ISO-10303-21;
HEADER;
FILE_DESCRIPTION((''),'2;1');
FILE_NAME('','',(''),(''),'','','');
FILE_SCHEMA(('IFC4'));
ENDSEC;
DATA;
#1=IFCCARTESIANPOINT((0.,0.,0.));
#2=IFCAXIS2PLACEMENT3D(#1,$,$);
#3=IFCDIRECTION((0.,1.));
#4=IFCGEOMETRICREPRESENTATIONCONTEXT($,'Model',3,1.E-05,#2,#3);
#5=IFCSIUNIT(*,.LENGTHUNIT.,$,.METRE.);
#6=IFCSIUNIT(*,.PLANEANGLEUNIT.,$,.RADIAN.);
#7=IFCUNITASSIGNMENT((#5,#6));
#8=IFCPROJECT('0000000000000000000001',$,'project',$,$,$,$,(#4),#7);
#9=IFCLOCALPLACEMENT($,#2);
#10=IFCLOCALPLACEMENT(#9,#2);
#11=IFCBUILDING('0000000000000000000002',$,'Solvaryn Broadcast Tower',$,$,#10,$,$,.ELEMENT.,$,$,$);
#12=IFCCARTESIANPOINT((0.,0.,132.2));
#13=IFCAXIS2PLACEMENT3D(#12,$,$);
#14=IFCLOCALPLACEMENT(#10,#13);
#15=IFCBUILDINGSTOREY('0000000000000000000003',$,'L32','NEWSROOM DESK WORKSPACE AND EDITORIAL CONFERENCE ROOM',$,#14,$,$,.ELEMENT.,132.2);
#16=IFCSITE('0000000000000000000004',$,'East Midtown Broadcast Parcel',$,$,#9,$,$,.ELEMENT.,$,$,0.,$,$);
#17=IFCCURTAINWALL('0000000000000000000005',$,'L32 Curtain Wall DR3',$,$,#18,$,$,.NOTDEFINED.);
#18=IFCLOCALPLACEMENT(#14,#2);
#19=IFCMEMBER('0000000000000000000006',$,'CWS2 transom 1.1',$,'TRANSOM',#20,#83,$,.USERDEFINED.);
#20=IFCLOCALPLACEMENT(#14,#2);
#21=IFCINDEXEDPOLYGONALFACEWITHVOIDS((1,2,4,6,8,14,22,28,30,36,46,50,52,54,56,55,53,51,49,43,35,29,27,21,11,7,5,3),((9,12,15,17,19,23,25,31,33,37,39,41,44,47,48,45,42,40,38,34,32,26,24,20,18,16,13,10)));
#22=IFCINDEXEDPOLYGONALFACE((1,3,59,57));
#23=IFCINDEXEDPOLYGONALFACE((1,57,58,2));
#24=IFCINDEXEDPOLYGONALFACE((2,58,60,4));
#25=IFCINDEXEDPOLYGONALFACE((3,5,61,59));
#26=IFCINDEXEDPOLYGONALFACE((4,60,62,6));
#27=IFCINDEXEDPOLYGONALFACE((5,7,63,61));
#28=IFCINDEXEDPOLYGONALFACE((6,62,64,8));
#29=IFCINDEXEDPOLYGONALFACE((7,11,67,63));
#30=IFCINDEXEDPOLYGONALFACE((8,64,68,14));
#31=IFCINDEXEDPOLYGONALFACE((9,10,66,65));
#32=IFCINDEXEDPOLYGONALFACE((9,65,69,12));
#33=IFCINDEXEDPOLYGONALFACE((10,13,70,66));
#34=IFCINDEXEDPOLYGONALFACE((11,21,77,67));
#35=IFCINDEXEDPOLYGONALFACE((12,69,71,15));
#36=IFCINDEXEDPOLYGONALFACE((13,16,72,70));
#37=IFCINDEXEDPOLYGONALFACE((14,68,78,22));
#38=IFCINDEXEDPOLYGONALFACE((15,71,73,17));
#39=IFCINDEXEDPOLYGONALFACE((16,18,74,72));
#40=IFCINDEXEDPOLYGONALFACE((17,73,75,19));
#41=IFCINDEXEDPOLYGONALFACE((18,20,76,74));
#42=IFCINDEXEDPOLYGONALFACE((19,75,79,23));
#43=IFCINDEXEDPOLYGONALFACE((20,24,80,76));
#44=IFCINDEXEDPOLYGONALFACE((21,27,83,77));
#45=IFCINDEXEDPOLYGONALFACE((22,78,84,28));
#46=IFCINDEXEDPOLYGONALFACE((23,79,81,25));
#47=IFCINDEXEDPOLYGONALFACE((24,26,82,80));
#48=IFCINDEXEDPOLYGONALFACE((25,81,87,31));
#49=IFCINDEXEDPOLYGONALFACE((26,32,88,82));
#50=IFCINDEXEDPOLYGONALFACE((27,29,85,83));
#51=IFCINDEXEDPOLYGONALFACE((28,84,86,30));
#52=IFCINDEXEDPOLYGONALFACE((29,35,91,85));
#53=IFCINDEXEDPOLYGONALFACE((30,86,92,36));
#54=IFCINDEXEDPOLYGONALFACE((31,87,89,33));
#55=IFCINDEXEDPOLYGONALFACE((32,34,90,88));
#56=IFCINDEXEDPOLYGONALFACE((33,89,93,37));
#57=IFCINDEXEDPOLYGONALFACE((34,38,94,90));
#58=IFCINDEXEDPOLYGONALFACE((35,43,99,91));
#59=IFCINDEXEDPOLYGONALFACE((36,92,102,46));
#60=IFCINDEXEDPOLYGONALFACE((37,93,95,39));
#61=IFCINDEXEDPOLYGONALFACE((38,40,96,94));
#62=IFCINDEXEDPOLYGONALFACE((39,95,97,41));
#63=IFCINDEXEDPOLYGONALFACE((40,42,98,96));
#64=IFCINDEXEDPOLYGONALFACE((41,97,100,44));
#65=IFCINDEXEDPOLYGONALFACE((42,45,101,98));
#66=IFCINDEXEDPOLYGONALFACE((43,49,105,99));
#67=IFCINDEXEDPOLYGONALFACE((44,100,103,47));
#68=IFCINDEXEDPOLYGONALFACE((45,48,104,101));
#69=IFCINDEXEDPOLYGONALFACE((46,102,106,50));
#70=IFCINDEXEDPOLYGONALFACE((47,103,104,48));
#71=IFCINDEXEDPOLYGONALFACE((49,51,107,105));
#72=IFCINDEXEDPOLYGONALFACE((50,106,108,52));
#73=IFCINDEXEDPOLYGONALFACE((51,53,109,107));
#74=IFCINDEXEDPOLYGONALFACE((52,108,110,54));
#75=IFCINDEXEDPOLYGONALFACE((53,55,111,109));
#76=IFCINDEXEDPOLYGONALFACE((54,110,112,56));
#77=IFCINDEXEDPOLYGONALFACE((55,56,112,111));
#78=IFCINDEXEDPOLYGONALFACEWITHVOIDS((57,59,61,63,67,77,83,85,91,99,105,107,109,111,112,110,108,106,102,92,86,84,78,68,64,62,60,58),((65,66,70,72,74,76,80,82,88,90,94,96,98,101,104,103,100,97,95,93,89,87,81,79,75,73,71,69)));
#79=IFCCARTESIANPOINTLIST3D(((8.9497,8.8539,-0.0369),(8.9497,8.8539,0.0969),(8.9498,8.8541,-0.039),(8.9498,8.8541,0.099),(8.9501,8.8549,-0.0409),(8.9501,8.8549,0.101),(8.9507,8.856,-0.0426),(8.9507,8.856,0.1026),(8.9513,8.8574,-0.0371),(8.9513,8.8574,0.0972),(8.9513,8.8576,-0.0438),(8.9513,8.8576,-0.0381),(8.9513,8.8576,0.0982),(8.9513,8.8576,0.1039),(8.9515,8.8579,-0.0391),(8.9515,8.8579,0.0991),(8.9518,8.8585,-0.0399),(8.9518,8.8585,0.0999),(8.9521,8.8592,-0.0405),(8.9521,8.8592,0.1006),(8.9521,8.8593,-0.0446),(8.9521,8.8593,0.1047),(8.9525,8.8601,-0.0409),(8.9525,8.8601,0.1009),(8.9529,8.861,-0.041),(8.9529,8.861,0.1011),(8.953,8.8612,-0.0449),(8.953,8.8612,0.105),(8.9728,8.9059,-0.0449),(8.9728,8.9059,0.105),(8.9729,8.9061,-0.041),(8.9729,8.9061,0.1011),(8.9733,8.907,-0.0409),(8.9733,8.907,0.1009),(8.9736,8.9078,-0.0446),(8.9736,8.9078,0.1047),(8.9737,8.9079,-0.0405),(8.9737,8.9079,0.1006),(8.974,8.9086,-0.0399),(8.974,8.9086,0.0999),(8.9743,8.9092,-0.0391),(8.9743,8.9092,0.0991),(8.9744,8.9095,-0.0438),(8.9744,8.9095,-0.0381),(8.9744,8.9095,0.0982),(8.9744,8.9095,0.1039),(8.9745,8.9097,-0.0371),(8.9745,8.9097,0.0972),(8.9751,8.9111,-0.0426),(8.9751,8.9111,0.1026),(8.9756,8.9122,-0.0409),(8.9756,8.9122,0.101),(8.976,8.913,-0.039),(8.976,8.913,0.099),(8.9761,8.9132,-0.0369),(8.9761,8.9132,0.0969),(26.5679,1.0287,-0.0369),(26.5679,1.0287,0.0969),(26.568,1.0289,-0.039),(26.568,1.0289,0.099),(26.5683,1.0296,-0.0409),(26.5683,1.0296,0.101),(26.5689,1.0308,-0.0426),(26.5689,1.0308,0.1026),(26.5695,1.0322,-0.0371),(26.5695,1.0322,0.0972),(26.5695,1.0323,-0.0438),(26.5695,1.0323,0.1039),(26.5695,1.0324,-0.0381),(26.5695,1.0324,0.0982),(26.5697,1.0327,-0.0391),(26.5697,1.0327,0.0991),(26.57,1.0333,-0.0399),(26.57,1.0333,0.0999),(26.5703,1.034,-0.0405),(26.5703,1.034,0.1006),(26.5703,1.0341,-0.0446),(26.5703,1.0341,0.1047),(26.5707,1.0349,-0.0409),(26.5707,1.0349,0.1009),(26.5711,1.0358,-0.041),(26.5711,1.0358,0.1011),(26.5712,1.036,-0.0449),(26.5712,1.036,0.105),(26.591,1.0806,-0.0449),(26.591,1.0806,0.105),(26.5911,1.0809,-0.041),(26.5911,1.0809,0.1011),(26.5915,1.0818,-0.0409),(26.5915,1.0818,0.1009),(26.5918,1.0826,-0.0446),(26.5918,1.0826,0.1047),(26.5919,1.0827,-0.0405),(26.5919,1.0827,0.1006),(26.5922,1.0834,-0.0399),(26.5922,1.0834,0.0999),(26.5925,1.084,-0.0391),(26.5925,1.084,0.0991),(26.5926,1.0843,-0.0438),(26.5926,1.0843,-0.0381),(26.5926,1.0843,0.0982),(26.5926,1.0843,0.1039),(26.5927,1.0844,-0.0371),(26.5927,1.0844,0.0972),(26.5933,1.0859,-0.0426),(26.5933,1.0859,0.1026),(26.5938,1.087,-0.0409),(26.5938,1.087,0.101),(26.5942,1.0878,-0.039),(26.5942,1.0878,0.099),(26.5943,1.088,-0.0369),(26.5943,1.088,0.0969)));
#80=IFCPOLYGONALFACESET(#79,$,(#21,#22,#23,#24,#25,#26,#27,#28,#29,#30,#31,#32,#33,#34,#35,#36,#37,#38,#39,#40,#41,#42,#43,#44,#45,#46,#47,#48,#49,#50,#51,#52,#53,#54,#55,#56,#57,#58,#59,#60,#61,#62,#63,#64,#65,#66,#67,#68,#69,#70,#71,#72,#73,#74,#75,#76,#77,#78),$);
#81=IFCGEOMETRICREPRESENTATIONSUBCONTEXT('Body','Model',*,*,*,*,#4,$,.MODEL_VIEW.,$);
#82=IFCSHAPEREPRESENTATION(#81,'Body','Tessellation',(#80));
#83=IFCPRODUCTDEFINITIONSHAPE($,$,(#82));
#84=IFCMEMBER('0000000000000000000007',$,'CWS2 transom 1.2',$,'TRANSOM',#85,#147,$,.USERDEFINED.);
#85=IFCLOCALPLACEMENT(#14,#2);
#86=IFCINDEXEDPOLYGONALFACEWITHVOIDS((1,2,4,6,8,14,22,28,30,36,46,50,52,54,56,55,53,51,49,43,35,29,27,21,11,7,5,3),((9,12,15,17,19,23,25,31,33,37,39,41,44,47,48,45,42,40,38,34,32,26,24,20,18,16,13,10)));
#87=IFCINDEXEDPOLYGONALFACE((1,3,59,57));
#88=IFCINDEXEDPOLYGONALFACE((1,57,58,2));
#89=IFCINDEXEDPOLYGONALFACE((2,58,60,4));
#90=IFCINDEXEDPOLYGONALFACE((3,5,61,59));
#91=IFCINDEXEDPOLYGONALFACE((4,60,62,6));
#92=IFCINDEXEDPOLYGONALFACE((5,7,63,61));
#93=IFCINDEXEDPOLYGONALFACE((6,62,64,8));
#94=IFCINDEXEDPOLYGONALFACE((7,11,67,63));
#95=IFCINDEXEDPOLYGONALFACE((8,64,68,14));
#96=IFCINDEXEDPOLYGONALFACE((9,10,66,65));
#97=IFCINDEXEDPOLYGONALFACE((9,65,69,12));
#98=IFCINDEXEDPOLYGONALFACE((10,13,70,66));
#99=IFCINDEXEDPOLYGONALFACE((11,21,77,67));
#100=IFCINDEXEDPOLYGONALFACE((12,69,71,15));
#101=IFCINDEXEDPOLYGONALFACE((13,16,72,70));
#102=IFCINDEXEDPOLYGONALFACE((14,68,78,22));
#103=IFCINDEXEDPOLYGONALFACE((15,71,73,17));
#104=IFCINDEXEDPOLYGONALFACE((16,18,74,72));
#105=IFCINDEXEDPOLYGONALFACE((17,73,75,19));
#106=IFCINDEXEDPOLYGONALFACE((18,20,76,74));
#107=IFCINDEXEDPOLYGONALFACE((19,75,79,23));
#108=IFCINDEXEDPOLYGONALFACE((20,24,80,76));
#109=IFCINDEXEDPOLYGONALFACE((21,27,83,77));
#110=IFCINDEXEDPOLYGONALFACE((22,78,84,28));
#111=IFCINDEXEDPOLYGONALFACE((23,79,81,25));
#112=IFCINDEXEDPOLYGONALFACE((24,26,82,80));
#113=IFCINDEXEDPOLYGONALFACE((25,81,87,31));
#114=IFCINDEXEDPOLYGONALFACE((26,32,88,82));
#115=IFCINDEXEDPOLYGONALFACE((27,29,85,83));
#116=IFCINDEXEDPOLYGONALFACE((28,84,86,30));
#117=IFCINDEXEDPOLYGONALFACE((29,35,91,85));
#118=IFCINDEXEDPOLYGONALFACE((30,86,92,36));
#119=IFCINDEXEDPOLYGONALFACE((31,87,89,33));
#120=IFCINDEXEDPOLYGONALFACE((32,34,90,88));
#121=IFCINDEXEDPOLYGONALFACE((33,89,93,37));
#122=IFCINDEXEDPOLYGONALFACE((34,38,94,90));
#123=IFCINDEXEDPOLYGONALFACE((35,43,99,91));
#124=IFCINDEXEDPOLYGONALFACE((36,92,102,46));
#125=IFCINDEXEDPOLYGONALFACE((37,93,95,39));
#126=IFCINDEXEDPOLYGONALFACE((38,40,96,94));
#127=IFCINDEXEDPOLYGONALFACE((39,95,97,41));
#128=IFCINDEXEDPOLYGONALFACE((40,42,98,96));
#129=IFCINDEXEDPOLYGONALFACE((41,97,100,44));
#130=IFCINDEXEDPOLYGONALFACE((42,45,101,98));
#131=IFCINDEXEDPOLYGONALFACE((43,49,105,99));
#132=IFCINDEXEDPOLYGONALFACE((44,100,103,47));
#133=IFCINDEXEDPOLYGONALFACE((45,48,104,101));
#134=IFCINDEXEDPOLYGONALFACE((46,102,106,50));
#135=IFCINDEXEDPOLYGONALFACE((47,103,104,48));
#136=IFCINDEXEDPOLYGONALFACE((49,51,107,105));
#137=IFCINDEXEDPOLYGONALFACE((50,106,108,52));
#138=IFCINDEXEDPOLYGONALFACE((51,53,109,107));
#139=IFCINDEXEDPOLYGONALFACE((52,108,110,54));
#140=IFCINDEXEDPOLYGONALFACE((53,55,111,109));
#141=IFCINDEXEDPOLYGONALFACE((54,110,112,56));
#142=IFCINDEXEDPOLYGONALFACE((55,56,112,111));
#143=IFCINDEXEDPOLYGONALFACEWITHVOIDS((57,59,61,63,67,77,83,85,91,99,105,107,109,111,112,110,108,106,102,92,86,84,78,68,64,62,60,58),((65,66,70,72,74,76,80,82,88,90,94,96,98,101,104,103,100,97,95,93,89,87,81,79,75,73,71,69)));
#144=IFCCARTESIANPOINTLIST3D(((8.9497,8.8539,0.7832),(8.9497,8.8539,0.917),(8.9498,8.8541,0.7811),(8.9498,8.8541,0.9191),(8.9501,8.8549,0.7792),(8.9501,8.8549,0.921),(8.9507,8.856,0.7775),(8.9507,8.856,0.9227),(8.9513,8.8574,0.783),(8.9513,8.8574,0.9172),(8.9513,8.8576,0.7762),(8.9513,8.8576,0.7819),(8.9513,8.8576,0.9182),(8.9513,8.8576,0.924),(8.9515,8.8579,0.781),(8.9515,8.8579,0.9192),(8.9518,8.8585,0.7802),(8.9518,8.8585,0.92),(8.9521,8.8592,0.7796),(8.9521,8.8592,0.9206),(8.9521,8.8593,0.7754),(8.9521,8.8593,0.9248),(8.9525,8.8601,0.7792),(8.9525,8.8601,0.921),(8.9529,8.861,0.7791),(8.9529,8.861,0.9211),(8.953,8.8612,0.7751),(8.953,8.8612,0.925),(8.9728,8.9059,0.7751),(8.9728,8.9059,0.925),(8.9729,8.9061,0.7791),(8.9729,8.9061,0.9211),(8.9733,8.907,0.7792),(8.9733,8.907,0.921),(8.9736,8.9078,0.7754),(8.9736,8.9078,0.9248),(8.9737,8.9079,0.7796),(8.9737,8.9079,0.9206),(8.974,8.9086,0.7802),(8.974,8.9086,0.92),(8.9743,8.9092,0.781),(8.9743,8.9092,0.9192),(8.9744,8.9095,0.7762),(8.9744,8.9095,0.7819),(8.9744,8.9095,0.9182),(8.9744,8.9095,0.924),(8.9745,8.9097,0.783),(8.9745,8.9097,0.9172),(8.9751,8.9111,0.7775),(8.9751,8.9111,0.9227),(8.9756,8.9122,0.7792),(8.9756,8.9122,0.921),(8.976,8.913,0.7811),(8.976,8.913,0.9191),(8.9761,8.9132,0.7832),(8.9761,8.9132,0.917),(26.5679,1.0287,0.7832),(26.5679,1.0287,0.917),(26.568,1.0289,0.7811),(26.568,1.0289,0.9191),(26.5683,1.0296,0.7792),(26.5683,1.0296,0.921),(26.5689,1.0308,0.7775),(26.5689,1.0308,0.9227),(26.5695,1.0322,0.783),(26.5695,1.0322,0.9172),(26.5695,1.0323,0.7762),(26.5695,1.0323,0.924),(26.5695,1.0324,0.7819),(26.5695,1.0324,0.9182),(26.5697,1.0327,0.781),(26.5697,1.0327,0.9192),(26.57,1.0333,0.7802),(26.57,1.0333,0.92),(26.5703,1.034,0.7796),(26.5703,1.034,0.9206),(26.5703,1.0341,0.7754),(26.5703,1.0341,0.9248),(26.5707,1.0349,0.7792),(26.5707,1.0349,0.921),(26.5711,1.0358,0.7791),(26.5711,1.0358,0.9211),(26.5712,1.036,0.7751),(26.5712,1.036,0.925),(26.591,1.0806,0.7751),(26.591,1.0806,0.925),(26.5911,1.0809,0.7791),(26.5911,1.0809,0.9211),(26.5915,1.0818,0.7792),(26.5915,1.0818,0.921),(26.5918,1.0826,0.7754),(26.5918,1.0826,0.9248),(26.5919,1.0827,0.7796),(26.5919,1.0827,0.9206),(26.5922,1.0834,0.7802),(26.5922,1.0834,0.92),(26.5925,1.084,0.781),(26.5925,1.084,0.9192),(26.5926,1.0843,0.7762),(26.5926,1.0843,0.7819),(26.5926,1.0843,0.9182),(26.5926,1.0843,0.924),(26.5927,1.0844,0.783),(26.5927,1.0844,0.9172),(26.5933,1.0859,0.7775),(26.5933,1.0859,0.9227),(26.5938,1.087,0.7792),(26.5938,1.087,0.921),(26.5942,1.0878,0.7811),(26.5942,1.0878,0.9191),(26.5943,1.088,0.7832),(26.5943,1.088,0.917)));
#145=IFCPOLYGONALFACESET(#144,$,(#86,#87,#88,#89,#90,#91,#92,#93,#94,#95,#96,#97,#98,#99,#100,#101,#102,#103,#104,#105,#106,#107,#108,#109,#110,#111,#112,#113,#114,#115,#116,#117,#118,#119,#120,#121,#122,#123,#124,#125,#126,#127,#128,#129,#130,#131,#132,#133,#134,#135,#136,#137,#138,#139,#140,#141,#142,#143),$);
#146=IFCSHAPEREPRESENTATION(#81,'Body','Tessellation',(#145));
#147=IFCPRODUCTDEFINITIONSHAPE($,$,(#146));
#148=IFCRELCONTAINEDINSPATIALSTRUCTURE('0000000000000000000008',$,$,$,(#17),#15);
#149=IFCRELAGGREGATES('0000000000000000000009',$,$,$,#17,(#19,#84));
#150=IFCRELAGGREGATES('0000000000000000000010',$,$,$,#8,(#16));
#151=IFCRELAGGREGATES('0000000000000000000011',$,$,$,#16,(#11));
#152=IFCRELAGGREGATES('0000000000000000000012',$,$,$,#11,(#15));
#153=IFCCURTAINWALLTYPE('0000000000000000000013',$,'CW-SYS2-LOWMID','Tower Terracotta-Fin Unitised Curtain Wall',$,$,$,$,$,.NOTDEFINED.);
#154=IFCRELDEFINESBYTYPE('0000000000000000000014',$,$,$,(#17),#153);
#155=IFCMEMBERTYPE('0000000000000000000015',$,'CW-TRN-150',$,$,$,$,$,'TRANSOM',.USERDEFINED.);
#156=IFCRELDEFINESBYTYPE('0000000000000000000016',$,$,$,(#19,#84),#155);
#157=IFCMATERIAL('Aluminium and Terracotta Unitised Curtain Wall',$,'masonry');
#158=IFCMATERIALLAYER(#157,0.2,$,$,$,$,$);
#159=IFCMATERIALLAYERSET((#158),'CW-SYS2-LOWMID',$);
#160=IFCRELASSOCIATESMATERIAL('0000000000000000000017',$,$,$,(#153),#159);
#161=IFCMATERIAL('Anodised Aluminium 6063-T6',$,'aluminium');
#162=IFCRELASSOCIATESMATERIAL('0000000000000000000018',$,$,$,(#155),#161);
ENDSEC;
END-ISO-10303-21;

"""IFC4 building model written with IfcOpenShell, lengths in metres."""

from ifc_helpers import new_model, si_unit, direction, frame, origin, origin_2d, place, context, subcontext, project, spatial, hollow_rectangle, extrude, material, layer, layer_set, material_profile, profile_set, type_object, element, aggregate, save


model = new_model("IFC4")

# Units and contexts
model_context = context("Model", 3, precision=1e-05, world=origin(), true_north=direction((0.0, 1.0)))
body_context = subcontext(model_context, "Body", "Model", "MODEL_VIEW")
ifc_project = project(units=[si_unit("LENGTHUNIT", "METRE"), si_unit("PLANEANGLEUNIT", "RADIAN")], contexts=[model_context])

# Site, building, storey
site_placement = place(None, origin())
site = spatial("IfcSite", under=ifc_project, at=site_placement, Name="East Midtown Broadcast Parcel", CompositionType="ELEMENT", RefElevation=0.0)
building_placement = place(site_placement, origin())
building = spatial("IfcBuilding", under=site, at=building_placement, Name="Solvaryn Broadcast Tower", CompositionType="ELEMENT")
storey_placement = place(building_placement, frame((0.0, 0.0, 132.2)))
storey = spatial("IfcBuildingStorey", under=building, at=storey_placement, Name="L32", Description="NEWSROOM DESK WORKSPACE AND EDITORIAL CONFERENCE ROOM", CompositionType="ELEMENT", Elevation=132.2)

# Shared definitions
ifc_material_1 = material(Name="Aluminium and Terracotta Unitised Curtain Wall", Category="masonry")
ifc_layer_1 = layer(ifc_material_1, 0.2)
ifc_layer_set_1 = layer_set([ifc_layer_1], Name="CW-SYS2-LOWMID")
curtain_wall_type = type_object("IfcCurtainWallType", Name="CW-SYS2-LOWMID", Description="Tower Terracotta-Fin Unitised Curtain Wall", PredefinedType="NOTDEFINED", material=ifc_layer_set_1)

# Curtain wall, members
curtain_wall_1_placement = place(storey_placement, origin())
curtain_wall_1 = element("IfcCurtainWall", 1, at=curtain_wall_1_placement, inside=storey, type_object=curtain_wall_type, Name="L32 Curtain Wall DR3", PredefinedType="NOTDEFINED")
ifc_material_2 = material(Name="Anodised Aluminium 6063-T6", Category="aluminium")
ifc_material_profile_1 = material_profile(ifc_material_2, hollow_rectangle(XDim=0.0649, YDim=0.1499, WallThickness=0.0039, InnerFilletRadius=0.0039, OuterFilletRadius=0.0081, at=origin_2d()))
ifc_profile_set_1 = profile_set([ifc_material_profile_1], Name="Anodised Aluminium 6063-T6")
member_type_1 = type_object("IfcMemberType", Name="CW-TRN-150", ElementType="TRANSOM", PredefinedType="USERDEFINED", material=ifc_profile_set_1)
member_1_placement = place(storey_placement, frame((8.9629, 8.8835, 0.03), z_axis=(0.91391, -0.405918, 0.0), x_axis=(0.405918, 0.91391, 0.0)))
member_1 = element("IfcMember", 2, at=member_1_placement, type_object=member_type_1, Name="CWS2 transom 1.1", ObjectType="TRANSOM", PredefinedType="USERDEFINED", context=body_context, shape_type="SweptSolid", body=[
    extrude(hollow_rectangle(XDim=0.0649, YDim=0.1499, WallThickness=0.0039, InnerFilletRadius=0.0039, OuterFilletRadius=0.0081, at=origin_2d()), origin(), (0.0, 0.0, 1.0), 19.2778),
])
member_2_placement = place(storey_placement, frame((8.9629, 8.8835, 0.8501), z_axis=(0.91391, -0.405918, 0.0), x_axis=(0.405918, 0.91391, 0.0)))
member_2 = element("IfcMember", 3, at=member_2_placement, type_object=member_type_1, Name="CWS2 transom 1.2", ObjectType="TRANSOM", PredefinedType="USERDEFINED", context=body_context, shape_type="SweptSolid", body=[
    extrude(hollow_rectangle(XDim=0.0649, YDim=0.1499, WallThickness=0.0039, InnerFilletRadius=0.0039, OuterFilletRadius=0.0081, at=origin_2d()), origin(), (0.0, 0.0, 1.0), 19.2778),
])
aggregate(curtain_wall_1, [member_1, member_2])

save(model, "model.ifc")
